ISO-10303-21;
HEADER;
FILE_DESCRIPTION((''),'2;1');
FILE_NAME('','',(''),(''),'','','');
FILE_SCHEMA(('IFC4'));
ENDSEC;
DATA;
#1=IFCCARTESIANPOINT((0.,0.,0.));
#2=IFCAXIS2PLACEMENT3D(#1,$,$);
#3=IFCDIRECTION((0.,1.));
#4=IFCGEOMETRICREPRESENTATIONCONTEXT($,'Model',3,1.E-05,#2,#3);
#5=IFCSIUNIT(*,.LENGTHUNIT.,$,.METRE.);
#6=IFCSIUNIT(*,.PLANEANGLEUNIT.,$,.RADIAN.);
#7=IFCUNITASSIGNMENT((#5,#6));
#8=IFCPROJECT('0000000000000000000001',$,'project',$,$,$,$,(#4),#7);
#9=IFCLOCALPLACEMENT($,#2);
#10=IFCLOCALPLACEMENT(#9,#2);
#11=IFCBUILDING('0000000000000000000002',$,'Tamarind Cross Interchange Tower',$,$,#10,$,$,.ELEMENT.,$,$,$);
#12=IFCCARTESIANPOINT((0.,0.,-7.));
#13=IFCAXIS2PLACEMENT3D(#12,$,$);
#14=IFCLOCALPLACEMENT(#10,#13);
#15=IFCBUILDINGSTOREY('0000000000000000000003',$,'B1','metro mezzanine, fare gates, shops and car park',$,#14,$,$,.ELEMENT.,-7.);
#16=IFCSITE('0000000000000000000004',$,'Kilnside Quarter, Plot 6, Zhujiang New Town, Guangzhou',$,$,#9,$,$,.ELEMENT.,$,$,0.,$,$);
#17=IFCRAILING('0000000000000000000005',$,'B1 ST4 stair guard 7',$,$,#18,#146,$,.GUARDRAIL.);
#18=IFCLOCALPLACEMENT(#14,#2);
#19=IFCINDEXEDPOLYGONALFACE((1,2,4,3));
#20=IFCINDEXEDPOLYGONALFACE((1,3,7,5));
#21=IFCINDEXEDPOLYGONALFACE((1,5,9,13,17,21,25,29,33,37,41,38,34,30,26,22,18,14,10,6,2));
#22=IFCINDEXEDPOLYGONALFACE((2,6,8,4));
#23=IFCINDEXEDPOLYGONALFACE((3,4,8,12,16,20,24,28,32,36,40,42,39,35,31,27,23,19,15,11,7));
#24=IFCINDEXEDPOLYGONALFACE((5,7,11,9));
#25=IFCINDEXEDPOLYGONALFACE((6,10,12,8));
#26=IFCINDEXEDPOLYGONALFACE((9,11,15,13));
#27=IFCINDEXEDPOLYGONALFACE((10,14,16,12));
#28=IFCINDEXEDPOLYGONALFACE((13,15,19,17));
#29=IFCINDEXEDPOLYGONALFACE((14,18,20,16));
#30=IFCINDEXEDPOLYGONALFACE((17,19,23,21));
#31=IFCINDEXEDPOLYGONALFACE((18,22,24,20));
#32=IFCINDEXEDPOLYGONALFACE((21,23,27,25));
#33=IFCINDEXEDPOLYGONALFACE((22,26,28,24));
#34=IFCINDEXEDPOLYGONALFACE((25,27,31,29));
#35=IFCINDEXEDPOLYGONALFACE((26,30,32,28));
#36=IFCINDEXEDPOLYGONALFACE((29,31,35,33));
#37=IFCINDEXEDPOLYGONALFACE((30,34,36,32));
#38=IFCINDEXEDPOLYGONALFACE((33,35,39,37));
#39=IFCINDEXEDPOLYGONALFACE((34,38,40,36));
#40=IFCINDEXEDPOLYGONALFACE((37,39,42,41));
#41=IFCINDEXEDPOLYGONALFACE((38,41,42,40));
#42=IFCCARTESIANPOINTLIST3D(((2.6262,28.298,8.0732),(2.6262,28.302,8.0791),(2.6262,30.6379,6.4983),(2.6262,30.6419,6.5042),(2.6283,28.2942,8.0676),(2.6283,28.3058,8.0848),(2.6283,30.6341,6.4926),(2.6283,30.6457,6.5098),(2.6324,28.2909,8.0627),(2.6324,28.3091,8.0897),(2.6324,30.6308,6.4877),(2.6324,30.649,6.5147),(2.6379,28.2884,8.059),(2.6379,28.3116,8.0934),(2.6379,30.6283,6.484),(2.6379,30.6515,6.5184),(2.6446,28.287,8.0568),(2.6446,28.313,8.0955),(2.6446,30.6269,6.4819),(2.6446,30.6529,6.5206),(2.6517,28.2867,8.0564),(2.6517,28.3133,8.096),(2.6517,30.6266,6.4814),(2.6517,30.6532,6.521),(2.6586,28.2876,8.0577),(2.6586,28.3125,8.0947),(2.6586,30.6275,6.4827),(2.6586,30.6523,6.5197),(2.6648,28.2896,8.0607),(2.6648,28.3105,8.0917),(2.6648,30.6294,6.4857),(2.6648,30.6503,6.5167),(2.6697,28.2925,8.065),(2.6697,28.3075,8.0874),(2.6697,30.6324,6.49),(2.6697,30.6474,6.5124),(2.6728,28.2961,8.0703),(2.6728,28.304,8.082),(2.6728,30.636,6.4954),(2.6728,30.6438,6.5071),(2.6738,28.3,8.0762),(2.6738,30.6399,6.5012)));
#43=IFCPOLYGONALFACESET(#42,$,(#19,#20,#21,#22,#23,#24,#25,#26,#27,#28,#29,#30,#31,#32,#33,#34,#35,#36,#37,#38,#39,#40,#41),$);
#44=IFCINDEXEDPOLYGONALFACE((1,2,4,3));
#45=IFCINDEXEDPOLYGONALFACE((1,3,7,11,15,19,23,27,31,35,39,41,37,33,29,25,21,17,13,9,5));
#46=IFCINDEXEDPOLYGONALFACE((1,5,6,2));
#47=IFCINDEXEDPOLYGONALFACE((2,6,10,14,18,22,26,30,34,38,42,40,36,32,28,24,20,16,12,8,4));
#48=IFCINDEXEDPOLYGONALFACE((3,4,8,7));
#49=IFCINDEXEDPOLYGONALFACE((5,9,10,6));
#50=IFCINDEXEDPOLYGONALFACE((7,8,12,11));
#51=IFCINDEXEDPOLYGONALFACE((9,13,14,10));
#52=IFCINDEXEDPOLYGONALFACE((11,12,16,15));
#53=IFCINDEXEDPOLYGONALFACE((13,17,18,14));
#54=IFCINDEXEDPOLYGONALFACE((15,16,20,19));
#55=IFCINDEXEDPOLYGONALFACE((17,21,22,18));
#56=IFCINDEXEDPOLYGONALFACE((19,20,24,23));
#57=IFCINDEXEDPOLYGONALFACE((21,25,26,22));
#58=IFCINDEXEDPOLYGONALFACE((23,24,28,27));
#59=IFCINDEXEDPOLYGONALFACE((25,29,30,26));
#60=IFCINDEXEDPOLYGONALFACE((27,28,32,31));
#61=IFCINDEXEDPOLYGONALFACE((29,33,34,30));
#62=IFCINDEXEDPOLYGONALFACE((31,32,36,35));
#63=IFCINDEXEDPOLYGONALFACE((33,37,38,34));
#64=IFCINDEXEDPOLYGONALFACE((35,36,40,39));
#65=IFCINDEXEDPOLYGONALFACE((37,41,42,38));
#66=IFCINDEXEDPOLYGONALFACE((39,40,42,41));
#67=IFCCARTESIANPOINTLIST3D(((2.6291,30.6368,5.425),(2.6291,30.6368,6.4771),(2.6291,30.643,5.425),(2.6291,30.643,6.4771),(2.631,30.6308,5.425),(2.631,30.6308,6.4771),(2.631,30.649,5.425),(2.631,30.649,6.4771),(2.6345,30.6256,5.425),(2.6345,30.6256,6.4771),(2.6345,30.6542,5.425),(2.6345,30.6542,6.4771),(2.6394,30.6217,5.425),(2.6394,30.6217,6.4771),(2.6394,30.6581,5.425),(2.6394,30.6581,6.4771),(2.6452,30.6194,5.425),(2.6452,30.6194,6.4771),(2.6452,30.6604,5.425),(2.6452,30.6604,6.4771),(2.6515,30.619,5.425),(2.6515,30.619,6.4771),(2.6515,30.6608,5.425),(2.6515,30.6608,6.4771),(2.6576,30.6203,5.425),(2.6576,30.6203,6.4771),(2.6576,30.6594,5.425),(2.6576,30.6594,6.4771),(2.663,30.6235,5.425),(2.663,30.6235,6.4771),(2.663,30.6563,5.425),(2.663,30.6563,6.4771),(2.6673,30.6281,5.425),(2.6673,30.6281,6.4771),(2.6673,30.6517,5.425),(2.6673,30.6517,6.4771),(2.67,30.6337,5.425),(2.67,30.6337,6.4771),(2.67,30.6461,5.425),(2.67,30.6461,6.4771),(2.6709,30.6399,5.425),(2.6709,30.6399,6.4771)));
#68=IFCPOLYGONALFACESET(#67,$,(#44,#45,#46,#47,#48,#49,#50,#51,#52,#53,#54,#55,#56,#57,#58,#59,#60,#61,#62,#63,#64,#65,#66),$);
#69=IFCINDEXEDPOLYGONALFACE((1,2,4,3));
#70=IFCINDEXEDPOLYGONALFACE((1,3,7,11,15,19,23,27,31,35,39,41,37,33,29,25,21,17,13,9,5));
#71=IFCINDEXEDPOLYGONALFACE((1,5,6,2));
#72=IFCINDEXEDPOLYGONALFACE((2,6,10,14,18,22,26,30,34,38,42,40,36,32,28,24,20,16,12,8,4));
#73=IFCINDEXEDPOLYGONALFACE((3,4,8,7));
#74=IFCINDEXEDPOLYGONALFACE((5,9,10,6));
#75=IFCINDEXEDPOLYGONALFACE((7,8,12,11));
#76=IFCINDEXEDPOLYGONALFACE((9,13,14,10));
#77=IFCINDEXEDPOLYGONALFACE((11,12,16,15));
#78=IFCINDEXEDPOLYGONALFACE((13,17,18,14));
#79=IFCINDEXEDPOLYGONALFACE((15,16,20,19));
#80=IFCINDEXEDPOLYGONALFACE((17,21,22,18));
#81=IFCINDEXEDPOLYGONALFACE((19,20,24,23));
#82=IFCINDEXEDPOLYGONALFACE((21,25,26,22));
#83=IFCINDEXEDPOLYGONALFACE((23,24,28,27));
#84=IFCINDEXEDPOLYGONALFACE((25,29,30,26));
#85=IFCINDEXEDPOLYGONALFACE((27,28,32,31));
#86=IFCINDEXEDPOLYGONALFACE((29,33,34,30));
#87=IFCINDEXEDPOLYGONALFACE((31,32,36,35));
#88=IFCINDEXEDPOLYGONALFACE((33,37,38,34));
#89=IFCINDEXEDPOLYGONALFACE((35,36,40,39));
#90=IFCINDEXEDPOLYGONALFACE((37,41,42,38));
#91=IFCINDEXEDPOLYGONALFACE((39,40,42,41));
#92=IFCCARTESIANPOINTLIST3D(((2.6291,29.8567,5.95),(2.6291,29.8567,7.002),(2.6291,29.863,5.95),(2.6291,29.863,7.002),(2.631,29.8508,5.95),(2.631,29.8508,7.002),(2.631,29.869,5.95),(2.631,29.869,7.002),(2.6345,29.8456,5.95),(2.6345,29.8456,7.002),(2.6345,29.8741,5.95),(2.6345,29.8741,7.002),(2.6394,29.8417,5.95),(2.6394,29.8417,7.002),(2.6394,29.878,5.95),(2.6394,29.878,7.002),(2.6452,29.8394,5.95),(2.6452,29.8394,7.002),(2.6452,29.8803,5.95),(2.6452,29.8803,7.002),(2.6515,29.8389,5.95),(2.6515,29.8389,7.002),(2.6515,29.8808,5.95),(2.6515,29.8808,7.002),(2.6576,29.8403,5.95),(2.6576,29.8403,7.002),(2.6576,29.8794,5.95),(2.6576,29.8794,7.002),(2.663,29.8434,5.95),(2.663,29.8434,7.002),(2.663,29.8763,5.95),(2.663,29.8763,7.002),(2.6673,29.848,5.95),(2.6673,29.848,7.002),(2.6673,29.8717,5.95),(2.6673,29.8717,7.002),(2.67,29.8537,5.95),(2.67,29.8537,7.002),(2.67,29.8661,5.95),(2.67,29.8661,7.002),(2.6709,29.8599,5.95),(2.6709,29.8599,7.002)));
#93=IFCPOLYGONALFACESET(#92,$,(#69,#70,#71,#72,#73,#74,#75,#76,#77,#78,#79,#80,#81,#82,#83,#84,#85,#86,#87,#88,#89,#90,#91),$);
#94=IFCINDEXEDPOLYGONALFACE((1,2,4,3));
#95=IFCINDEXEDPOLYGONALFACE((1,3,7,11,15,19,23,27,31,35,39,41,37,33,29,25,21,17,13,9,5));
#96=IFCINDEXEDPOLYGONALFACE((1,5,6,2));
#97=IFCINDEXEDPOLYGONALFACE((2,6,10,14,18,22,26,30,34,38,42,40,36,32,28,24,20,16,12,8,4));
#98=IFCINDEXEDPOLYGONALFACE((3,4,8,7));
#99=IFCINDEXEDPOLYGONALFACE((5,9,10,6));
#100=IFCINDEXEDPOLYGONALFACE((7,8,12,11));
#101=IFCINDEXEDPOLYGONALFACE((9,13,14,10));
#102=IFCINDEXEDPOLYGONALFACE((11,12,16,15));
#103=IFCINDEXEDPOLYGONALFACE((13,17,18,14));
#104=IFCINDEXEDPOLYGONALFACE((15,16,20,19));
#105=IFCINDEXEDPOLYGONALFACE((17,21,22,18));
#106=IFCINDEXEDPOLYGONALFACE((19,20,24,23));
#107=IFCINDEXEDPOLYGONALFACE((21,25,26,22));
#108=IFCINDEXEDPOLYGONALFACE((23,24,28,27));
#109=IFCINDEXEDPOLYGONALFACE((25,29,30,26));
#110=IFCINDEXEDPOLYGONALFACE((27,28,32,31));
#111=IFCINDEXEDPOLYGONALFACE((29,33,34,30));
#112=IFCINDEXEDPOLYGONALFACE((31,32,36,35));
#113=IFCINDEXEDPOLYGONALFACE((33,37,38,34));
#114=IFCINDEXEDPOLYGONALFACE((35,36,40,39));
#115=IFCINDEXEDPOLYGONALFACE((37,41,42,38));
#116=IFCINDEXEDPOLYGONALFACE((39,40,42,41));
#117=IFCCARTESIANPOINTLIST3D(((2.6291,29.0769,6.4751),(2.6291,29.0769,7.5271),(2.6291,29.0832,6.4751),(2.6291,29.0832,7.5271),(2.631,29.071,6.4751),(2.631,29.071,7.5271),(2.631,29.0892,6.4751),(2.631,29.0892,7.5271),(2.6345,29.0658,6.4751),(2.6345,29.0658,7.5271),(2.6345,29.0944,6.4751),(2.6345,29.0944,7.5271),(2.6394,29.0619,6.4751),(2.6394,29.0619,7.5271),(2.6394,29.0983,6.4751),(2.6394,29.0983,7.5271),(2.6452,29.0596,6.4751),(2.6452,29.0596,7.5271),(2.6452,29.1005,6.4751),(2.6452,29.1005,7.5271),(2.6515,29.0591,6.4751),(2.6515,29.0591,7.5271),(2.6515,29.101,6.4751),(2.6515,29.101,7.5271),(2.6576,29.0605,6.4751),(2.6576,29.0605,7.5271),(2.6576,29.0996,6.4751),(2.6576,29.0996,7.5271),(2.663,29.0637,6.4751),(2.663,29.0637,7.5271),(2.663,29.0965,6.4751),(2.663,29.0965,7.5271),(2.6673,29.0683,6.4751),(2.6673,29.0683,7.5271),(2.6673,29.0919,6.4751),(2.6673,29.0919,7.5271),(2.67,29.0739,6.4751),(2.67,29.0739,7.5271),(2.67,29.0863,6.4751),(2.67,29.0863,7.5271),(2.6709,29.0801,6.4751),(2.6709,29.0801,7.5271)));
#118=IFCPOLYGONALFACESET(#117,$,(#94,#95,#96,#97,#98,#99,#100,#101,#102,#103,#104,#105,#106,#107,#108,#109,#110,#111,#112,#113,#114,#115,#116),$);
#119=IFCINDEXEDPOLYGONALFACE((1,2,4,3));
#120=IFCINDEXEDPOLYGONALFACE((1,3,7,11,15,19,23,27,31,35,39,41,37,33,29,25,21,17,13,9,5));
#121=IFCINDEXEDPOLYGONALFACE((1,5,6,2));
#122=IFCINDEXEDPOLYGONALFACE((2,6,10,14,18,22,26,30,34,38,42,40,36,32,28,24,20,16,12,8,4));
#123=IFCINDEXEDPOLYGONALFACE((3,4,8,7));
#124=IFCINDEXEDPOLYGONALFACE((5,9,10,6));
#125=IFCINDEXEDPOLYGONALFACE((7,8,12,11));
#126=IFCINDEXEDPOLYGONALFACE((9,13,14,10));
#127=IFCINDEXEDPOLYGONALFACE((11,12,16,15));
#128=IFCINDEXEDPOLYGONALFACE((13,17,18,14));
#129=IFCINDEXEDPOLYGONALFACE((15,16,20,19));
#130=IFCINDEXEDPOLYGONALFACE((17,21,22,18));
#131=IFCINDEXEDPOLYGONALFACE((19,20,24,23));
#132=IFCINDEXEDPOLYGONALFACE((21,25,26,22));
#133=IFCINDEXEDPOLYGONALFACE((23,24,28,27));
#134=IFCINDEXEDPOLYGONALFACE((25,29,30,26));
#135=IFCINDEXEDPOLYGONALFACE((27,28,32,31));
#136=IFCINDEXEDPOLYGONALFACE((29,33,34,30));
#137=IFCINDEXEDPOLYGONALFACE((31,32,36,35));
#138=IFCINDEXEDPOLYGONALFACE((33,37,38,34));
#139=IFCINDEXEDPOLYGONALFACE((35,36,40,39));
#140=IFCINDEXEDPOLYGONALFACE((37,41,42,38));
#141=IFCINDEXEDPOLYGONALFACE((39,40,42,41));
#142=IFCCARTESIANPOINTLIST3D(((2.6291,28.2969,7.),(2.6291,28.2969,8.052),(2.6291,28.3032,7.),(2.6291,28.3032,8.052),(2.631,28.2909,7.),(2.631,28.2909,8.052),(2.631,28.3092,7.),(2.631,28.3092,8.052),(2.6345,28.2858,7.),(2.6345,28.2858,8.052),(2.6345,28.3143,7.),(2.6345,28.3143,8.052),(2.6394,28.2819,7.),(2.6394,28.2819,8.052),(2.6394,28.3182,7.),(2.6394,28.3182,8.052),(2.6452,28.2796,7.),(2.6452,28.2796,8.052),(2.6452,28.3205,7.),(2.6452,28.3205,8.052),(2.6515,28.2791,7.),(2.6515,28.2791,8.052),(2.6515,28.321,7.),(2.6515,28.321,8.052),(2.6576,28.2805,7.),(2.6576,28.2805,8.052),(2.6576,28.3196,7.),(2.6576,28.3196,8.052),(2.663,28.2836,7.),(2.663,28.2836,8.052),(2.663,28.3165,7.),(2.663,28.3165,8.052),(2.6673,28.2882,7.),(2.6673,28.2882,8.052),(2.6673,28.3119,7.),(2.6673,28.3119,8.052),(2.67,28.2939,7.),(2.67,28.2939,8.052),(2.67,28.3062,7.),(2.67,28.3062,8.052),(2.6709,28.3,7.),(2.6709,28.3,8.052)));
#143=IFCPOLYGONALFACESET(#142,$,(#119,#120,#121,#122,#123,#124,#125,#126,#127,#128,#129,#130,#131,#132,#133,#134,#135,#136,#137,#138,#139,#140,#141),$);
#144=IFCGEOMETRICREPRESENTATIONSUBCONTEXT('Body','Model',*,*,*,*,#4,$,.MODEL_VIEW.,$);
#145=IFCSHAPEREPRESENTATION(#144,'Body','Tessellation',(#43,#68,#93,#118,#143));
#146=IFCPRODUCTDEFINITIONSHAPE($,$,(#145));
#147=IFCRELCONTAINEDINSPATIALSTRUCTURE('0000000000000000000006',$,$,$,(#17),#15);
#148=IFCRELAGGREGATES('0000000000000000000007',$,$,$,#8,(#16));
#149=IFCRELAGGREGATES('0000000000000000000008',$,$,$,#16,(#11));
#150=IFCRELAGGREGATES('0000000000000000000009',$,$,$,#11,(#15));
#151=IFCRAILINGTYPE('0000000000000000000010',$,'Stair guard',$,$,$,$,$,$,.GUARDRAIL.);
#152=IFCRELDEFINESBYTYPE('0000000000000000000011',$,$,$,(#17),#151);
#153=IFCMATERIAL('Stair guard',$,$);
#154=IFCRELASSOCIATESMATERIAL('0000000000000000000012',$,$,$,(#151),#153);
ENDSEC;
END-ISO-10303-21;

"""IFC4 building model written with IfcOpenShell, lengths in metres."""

from ifc_helpers import new_model, si_unit, direction, frame, origin, origin_2d, place, context, subcontext, project, spatial, circle, extrude, material, type_object, element, save


model = new_model("IFC4")

# Units and contexts
model_context = context("Model", 3, precision=1e-05, world=origin(), true_north=direction((0.0, 1.0)))
body_context = subcontext(model_context, "Body", "Model", "MODEL_VIEW")
ifc_project = project(units=[si_unit("LENGTHUNIT", "METRE"), si_unit("PLANEANGLEUNIT", "RADIAN")], contexts=[model_context])

# Site, building, storey
site_placement = place(None, origin())
site = spatial("IfcSite", under=ifc_project, at=site_placement, Name="Kilnside Quarter, Plot 6, Zhujiang New Town, Guangzhou", CompositionType="ELEMENT", RefElevation=0.0)
building_placement = place(site_placement, origin())
building = spatial("IfcBuilding", under=site, at=building_placement, Name="Tamarind Cross Interchange Tower", CompositionType="ELEMENT")
storey_placement = place(building_placement, frame((0.0, 0.0, -7.0)))
storey = spatial("IfcBuildingStorey", under=building, at=storey_placement, Name="B1", Description="metro mezzanine, fare gates, shops and car park", CompositionType="ELEMENT", Elevation=-7.0)

# Railing
ifc_material_1 = material(Name="Stair guard")
railing_type_1 = type_object("IfcRailingType", Name="Stair guard", PredefinedType="GUARDRAIL", material=ifc_material_1)
railing_1_placement = place(storey_placement, frame((2.6499, 30.6399, 5.425)))
element("IfcRailing", 1, at=railing_1_placement, inside=storey, type_object=railing_type_1, Name="B1 ST4 stair guard 7", PredefinedType="GUARDRAIL", context=body_context, shape_type="SweptSolid", body=[
    extrude(circle(Radius=0.0239, at=origin_2d()), frame((0.0, 0.0, 1.0762), z_axis=(0.0, -0.829578, 0.55839), x_axis=(1.0, 0.0, 0.0)), (0.0, 0.0, 1.0), 2.8206),
    extrude(circle(Radius=0.021, at=origin_2d()), origin(), (0.0, 0.0, 1.0), 1.052),
    extrude(circle(Radius=0.021, at=origin_2d()), frame((0.0, -0.78, 0.5249)), (0.0, 0.0, 1.0), 1.052),
    extrude(circle(Radius=0.021, at=origin_2d()), frame((0.0, -1.5598, 1.05)), (0.0, 0.0, 1.0), 1.052),
    extrude(circle(Radius=0.021, at=origin_2d()), frame((0.0, -2.3398, 1.575)), (0.0, 0.0, 1.0), 1.052),
])

save(model, "model.ifc")
